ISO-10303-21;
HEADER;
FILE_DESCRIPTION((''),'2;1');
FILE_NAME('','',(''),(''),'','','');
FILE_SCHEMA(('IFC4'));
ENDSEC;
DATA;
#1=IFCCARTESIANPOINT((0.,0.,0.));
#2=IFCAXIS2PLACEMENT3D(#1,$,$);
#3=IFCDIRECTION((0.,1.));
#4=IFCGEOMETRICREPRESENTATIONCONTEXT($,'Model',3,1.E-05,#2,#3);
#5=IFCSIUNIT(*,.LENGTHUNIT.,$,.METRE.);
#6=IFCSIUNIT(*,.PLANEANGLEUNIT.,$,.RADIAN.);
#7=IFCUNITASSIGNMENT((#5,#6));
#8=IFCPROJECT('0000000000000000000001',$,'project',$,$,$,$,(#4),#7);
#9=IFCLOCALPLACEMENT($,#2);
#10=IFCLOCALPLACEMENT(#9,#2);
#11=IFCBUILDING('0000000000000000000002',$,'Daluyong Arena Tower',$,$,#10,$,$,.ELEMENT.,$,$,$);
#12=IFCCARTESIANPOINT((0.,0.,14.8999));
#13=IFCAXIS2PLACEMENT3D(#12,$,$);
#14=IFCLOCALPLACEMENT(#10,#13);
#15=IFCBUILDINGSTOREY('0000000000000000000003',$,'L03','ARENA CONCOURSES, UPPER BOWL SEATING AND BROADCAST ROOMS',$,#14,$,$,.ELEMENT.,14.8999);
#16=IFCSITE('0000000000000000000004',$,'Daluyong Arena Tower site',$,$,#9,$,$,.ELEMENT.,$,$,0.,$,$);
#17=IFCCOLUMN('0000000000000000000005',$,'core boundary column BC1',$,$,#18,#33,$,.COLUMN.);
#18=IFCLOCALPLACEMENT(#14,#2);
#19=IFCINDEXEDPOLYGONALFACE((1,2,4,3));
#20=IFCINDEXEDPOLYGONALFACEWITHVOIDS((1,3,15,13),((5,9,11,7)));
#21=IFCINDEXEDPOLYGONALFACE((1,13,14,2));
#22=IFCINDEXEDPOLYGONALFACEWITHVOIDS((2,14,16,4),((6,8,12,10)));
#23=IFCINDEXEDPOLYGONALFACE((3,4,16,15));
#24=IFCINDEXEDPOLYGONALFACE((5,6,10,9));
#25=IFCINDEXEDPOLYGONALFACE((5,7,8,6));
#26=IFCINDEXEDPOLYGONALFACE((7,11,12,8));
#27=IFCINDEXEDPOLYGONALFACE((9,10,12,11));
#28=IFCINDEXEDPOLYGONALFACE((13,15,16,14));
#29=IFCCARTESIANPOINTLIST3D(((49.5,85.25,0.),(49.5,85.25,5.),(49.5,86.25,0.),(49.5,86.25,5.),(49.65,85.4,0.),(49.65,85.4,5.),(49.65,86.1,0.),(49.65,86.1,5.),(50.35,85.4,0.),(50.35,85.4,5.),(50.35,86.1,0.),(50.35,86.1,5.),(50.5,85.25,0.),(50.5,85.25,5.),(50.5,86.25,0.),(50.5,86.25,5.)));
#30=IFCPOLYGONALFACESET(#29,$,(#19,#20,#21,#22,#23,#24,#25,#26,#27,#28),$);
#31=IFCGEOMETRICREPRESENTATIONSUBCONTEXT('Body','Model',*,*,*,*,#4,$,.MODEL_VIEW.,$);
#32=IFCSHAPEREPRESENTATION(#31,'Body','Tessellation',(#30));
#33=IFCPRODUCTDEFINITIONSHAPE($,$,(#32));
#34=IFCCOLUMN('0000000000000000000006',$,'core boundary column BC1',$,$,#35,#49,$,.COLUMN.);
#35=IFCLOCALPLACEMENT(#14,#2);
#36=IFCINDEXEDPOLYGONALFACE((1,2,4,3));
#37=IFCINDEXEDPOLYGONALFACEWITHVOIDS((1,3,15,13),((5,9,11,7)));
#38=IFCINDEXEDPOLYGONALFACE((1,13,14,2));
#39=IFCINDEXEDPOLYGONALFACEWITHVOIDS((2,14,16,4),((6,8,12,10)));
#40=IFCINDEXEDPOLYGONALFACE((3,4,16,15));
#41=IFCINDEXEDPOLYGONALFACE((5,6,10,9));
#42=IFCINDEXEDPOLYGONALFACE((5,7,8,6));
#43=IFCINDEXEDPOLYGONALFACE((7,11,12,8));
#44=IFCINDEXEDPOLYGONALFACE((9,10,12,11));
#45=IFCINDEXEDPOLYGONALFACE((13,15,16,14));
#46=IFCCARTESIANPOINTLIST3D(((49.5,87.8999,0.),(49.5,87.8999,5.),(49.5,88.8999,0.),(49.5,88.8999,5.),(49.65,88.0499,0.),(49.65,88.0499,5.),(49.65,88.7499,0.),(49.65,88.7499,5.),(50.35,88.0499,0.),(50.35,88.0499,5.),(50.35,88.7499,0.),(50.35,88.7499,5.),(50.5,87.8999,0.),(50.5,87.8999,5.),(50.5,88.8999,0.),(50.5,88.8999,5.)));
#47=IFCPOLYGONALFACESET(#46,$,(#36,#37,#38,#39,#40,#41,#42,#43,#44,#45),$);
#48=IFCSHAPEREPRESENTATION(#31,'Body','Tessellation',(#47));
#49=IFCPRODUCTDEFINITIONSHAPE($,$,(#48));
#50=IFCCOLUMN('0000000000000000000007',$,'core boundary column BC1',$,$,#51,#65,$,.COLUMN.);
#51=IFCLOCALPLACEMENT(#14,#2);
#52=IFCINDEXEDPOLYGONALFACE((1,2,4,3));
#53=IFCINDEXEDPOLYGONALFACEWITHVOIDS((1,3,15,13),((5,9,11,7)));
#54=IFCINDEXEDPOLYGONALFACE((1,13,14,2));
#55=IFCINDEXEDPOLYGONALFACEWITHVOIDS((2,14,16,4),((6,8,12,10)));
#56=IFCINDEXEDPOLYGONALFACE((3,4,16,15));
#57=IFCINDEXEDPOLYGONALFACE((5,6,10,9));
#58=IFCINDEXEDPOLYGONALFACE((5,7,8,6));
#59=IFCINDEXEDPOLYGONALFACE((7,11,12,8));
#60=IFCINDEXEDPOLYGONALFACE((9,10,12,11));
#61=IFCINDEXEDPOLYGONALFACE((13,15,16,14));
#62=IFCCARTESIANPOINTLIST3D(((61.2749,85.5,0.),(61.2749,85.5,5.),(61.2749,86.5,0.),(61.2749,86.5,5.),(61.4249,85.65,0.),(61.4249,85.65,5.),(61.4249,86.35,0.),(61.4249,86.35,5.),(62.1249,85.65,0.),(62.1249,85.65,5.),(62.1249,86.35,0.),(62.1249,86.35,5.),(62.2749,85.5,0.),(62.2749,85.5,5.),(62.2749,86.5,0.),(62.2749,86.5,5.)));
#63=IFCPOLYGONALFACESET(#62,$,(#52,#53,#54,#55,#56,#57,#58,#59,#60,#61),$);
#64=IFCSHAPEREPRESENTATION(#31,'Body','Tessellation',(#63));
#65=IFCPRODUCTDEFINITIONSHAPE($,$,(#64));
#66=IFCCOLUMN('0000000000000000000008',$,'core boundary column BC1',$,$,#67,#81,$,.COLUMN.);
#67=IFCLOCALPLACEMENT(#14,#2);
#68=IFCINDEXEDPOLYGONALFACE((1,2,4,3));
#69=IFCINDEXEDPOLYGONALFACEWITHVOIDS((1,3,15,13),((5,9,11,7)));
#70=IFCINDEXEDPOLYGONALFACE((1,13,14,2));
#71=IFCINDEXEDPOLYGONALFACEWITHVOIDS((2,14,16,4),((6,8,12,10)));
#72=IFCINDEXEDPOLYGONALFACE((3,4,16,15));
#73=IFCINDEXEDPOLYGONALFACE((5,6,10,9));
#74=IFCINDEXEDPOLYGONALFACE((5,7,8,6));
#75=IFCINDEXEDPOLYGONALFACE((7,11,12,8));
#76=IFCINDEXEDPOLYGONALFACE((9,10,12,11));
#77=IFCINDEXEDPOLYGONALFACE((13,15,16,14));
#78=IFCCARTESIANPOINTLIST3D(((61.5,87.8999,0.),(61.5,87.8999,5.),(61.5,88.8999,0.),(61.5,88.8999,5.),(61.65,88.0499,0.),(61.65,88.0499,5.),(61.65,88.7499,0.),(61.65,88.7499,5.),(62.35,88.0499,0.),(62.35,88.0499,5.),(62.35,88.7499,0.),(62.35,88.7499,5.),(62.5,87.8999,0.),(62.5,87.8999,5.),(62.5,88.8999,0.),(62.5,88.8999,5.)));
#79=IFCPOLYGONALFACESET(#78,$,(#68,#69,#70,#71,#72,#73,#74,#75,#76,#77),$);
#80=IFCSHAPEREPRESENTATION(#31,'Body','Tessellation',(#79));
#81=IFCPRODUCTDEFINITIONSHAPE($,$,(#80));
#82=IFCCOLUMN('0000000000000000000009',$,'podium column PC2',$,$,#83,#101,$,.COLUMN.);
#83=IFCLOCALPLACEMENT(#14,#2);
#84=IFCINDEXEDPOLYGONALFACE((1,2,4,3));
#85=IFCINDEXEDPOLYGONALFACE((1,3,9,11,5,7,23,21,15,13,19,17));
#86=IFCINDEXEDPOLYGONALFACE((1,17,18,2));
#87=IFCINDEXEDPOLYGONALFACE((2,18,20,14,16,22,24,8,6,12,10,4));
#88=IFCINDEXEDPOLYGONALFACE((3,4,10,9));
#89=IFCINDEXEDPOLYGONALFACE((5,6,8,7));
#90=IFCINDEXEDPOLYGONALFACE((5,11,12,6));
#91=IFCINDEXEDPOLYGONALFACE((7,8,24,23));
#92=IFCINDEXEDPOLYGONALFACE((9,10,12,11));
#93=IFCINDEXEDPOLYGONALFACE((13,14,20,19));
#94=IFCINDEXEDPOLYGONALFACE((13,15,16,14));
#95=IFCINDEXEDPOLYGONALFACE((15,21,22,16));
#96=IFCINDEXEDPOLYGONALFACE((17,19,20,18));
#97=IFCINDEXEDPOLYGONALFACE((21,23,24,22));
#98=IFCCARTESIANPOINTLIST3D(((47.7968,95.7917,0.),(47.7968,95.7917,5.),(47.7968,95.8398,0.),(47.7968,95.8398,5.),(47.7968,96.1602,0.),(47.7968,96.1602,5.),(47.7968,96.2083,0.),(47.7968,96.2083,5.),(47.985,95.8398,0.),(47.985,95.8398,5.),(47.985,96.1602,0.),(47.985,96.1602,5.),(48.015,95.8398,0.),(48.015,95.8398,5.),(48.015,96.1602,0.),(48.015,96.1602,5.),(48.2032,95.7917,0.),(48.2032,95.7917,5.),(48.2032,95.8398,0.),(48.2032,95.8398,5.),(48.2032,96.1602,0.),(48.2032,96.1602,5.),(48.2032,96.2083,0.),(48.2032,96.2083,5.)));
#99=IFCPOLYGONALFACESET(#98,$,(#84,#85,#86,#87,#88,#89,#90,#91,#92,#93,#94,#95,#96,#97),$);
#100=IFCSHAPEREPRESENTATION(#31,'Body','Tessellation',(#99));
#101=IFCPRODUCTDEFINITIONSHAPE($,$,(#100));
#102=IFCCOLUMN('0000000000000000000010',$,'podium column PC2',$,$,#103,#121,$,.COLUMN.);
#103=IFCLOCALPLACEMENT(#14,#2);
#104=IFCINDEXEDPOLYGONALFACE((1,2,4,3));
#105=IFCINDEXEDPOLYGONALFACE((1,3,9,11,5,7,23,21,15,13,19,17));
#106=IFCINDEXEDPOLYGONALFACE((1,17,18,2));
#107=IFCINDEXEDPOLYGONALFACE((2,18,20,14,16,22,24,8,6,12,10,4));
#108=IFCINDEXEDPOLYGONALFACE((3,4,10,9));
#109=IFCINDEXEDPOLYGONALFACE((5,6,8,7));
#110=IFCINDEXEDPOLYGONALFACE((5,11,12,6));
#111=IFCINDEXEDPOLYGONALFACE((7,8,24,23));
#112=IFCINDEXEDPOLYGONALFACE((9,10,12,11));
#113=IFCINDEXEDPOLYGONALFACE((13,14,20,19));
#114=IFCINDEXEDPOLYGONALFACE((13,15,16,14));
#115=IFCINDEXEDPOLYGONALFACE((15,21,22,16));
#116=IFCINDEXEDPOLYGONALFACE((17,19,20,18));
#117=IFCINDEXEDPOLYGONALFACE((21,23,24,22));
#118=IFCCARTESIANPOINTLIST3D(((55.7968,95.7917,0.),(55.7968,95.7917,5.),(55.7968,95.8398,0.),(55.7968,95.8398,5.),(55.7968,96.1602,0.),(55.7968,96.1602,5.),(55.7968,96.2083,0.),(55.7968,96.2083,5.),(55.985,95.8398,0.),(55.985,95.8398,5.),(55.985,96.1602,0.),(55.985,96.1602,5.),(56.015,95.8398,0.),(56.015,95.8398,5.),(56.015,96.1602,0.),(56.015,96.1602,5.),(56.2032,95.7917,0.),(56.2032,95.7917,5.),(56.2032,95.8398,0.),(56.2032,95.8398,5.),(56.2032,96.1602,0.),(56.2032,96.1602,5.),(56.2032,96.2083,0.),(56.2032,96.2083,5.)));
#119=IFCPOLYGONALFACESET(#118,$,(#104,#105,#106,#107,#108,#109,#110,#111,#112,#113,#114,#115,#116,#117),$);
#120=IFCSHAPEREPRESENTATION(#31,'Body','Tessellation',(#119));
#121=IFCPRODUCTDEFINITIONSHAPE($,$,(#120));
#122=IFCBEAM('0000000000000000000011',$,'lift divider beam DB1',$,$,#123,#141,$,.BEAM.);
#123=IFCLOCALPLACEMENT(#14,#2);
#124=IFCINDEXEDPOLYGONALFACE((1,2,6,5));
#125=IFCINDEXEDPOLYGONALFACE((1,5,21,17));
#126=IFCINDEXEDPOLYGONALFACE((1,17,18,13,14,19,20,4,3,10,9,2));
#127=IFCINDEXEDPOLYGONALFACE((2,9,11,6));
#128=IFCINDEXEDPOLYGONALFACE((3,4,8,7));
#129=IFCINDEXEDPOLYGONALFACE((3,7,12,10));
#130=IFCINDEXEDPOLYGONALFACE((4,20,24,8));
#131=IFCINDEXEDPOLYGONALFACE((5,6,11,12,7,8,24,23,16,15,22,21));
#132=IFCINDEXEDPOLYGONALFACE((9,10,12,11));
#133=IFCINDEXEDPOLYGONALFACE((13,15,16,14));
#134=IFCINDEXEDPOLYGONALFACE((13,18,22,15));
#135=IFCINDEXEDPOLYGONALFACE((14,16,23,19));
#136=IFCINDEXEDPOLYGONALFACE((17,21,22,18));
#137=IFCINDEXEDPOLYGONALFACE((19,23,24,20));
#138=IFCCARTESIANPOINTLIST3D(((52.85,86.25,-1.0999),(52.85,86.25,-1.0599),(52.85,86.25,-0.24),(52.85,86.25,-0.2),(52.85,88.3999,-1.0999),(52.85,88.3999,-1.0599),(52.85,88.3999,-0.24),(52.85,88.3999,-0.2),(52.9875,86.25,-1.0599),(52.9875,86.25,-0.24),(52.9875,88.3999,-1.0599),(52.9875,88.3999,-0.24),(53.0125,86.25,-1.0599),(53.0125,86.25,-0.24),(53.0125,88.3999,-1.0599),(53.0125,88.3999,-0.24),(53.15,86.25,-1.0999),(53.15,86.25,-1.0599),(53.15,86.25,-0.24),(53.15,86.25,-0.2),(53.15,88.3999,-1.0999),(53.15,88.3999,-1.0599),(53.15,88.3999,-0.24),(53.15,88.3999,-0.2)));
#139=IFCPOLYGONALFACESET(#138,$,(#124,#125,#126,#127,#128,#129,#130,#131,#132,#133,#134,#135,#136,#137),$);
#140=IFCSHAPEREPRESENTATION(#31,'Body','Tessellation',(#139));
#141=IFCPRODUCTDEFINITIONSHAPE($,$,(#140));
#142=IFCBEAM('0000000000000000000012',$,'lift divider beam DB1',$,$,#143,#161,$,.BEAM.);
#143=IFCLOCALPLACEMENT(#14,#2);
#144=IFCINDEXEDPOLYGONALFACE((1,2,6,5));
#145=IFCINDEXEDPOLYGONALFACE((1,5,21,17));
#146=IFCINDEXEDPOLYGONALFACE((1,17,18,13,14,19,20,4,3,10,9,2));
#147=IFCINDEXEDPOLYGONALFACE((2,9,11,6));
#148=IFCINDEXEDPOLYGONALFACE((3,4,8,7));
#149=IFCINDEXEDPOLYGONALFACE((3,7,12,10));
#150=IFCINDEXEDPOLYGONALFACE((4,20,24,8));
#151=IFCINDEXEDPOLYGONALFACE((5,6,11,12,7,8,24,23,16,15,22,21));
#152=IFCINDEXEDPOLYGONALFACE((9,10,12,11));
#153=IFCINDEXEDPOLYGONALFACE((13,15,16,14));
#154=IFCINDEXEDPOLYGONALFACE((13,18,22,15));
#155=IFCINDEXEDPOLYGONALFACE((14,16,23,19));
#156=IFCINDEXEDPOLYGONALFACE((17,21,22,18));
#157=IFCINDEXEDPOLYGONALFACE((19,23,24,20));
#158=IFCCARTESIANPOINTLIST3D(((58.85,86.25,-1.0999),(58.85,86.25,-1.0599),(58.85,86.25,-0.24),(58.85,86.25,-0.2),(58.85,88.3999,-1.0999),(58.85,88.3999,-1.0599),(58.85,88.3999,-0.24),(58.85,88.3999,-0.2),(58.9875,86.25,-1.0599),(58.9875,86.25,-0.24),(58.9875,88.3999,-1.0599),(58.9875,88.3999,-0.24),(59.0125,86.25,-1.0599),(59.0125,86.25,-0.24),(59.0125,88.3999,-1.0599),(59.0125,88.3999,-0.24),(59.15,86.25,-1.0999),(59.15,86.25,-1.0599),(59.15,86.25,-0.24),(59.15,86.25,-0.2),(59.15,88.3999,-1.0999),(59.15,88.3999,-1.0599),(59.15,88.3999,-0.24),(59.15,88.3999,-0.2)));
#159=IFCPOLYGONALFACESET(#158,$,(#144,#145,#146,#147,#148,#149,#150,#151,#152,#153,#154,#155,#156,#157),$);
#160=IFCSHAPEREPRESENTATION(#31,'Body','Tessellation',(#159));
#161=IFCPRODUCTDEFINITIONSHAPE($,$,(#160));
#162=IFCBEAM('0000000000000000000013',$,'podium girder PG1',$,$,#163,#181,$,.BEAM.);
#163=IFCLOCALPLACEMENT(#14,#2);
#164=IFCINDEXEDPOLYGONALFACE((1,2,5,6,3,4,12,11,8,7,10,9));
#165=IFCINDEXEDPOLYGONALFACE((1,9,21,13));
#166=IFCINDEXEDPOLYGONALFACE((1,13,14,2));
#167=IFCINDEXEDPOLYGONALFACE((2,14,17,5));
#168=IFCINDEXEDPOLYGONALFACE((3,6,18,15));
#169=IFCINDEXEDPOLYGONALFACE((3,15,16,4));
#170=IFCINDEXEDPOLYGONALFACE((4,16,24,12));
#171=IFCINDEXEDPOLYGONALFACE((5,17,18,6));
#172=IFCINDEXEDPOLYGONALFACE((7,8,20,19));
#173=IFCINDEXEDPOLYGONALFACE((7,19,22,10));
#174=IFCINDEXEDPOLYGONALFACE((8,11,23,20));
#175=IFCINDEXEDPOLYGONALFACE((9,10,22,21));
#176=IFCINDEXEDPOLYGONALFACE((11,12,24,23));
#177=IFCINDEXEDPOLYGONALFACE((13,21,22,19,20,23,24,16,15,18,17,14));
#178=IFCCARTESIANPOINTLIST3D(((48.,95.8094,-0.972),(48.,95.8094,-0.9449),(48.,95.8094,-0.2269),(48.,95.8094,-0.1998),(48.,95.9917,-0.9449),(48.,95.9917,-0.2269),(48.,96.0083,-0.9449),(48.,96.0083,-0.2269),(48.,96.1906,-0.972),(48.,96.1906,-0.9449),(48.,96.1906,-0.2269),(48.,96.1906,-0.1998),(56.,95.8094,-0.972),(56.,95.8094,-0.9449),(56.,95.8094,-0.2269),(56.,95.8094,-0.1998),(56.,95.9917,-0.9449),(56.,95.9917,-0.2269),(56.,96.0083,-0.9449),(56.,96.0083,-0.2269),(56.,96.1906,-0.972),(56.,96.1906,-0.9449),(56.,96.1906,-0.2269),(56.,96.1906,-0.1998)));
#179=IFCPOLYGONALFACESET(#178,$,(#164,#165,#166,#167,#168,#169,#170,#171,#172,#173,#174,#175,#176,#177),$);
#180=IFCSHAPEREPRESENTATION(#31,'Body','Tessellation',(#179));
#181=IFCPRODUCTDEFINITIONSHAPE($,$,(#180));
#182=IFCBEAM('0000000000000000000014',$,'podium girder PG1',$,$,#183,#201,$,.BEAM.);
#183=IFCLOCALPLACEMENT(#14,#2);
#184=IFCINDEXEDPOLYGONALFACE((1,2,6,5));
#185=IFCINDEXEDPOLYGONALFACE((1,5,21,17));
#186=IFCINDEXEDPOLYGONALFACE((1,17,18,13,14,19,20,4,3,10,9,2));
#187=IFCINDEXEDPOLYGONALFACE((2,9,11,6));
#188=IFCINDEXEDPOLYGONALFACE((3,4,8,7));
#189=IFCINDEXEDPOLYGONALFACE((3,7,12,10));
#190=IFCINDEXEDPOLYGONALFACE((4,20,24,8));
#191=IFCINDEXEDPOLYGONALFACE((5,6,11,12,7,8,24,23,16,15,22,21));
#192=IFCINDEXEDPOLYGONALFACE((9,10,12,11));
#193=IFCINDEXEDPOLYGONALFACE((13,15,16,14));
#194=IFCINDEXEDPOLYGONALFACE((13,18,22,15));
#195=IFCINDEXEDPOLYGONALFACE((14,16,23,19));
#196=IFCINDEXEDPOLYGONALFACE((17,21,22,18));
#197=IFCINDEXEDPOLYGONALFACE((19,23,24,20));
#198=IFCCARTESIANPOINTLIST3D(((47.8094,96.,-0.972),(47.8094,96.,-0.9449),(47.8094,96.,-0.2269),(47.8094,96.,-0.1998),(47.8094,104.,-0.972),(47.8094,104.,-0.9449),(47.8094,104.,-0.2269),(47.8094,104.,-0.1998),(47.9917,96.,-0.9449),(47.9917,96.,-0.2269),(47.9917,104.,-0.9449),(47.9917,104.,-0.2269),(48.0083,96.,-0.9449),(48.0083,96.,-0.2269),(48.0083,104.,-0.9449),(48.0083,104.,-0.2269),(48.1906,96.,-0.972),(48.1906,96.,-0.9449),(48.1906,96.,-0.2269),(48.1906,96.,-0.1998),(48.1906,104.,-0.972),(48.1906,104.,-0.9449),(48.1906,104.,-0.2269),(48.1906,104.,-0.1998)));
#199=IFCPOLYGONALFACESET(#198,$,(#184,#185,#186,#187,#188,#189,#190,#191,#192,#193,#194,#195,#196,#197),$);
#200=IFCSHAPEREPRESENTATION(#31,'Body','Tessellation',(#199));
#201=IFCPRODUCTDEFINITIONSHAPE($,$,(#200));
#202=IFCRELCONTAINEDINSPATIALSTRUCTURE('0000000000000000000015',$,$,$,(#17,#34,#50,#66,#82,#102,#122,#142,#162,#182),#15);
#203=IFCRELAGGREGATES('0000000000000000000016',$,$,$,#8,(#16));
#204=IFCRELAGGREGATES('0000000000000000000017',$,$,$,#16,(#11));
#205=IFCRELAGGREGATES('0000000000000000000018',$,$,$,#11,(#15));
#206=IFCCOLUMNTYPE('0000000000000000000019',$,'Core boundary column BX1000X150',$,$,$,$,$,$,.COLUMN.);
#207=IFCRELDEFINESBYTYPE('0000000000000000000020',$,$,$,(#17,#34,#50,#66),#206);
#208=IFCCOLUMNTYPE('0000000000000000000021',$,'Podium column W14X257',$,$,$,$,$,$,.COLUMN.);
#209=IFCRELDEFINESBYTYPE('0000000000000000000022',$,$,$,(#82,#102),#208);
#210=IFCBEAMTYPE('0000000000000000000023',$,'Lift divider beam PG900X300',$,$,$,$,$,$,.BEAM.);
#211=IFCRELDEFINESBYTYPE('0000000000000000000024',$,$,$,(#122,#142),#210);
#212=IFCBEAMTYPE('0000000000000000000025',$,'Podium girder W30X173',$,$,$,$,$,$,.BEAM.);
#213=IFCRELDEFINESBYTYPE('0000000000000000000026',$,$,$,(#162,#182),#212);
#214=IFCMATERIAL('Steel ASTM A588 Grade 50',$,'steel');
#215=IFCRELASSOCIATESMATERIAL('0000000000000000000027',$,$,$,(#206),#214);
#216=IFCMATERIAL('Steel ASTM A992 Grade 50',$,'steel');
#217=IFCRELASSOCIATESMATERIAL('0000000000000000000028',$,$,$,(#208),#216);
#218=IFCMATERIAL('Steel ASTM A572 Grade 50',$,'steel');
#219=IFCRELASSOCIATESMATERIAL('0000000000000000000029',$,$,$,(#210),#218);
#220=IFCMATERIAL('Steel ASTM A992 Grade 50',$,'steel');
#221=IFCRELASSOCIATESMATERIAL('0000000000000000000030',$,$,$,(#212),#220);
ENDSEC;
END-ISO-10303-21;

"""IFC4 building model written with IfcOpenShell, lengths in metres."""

from ifc_helpers import new_model, si_unit, direction, frame, origin, origin_2d, place, context, subcontext, project, spatial, hollow_rectangle, i_section, extrude, material, material_profile, profile_set, type_object, element, save


model = new_model("IFC4")

# Units and contexts
model_context = context("Model", 3, precision=1e-05, world=origin(), true_north=direction((0.0, 1.0)))
body_context = subcontext(model_context, "Body", "Model", "MODEL_VIEW")
ifc_project = project(units=[si_unit("LENGTHUNIT", "METRE"), si_unit("PLANEANGLEUNIT", "RADIAN")], contexts=[model_context])

# Site, building, storey
site_placement = place(None, origin())
site = spatial("IfcSite", under=ifc_project, at=site_placement, Name="Daluyong Arena Tower site", CompositionType="ELEMENT", RefElevation=0.0)
building_placement = place(site_placement, origin())
building = spatial("IfcBuilding", under=site, at=building_placement, Name="Daluyong Arena Tower", CompositionType="ELEMENT")
storey_placement = place(building_placement, frame((0.0, 0.0, 14.8999)))
storey = spatial("IfcBuildingStorey", under=building, at=storey_placement, Name="L03", Description="ARENA CONCOURSES, UPPER BOWL SEATING AND BROADCAST ROOMS", CompositionType="ELEMENT", Elevation=14.8999)

# Columns
ifc_material_1 = material(Name="Steel ASTM A588 Grade 50", Category="steel")
ifc_material_profile_1 = material_profile(ifc_material_1, hollow_rectangle(XDim=1.0, YDim=1.0, WallThickness=0.15, at=origin_2d()))
ifc_profile_set_1 = profile_set([ifc_material_profile_1], Name="Steel ASTM A588 Grade 50")
column_type_1 = type_object("IfcColumnType", Name="Core boundary column BX1000X150", PredefinedType="COLUMN", material=ifc_profile_set_1)
for number, where, z_axis, x_axis, name in (
    (1, (50.0, 85.75, 0.0), (0.0, 0.0, 1.0), (1.0, 0.0, 0.0), "core boundary column BC1"),
    (2, (50.0, 88.3999, 0.0), (0.0, 0.0, 1.0), (1.0, 0.0, 0.0), "core boundary column BC1"),
    (3, (61.7749, 86.0, 0.0), (0.0, 0.0, 1.0), (1.0, 0.0, 0.0), "core boundary column BC1"),
    (4, (62.0, 88.3999, 0.0), (0.0, 0.0, 1.0), (1.0, 0.0, 0.0), "core boundary column BC1"),
):
    element("IfcColumn", number, at=place(storey_placement, frame(where, z_axis=z_axis, x_axis=x_axis)), inside=storey, type_object=column_type_1, Name=name, PredefinedType="COLUMN", context=body_context, shape_type="SweptSolid", body=[
        extrude(hollow_rectangle(XDim=1.0, YDim=1.0, WallThickness=0.15, at=origin_2d()), origin(), (0.0, 0.0, 1.0), 5.0),
    ])
ifc_material_2 = material(Name="Steel ASTM A992 Grade 50", Category="steel")
ifc_material_profile_2 = material_profile(ifc_material_2, i_section(OverallWidth=0.4065, OverallDepth=0.4165, WebThickness=0.03, FlangeThickness=0.0481, at=origin_2d()))
ifc_profile_set_2 = profile_set([ifc_material_profile_2], Name="Steel ASTM A992 Grade 50")
column_type_2 = type_object("IfcColumnType", Name="Podium column W14X257", PredefinedType="COLUMN", material=ifc_profile_set_2)
for number, where, z_axis, x_axis, name in (
    (5, (48.0, 96.0, 0.0), (0.0, 0.0, 1.0), (1.0, 0.0, 0.0), "podium column PC2"),
    (6, (56.0, 96.0, 0.0), (0.0, 0.0, 1.0), (1.0, 0.0, 0.0), "podium column PC2"),
):
    element("IfcColumn", number, at=place(storey_placement, frame(where, z_axis=z_axis, x_axis=x_axis)), inside=storey, type_object=column_type_2, Name=name, PredefinedType="COLUMN", context=body_context, shape_type="SweptSolid", body=[
        extrude(i_section(OverallWidth=0.4065, OverallDepth=0.4165, WebThickness=0.03, FlangeThickness=0.0481, at=origin_2d()), origin(), (0.0, 0.0, 1.0), 5.0),
    ])

# Beams
ifc_material_3 = material(Name="Steel ASTM A572 Grade 50", Category="steel")
ifc_material_profile_3 = material_profile(ifc_material_3, i_section(OverallWidth=0.3, OverallDepth=0.8999, WebThickness=0.025, FlangeThickness=0.04, at=origin_2d()))
ifc_profile_set_3 = profile_set([ifc_material_profile_3], Name="Steel ASTM A572 Grade 50")
beam_type_1 = type_object("IfcBeamType", Name="Lift divider beam PG900X300", PredefinedType="BEAM", material=ifc_profile_set_3)
for number, where, z_axis, x_axis, name in (
    (7, (53.0, 86.25, -0.6499), (0.0, 1.0, 0.0), (-1.0, 0.0, 0.0), "lift divider beam DB1"),
    (8, (59.0, 86.25, -0.6499), (0.0, 1.0, 0.0), (-1.0, 0.0, 0.0), "lift divider beam DB1"),
):
    element("IfcBeam", number, at=place(storey_placement, frame(where, z_axis=z_axis, x_axis=x_axis)), inside=storey, type_object=beam_type_1, Name=name, PredefinedType="BEAM", context=body_context, shape_type="SweptSolid", body=[
        extrude(i_section(OverallWidth=0.3, OverallDepth=0.8999, WebThickness=0.025, FlangeThickness=0.04, at=origin_2d()), origin(), (0.0, 0.0, 1.0), 2.1499),
    ])
ifc_material_4 = material(Name="Steel ASTM A992 Grade 50", Category="steel")
ifc_material_profile_4 = material_profile(ifc_material_4, i_section(OverallWidth=0.3811, OverallDepth=0.7722, WebThickness=0.0166, FlangeThickness=0.0271, at=origin_2d()))
ifc_profile_set_4 = profile_set([ifc_material_profile_4], Name="Steel ASTM A992 Grade 50")
beam_type_2 = type_object("IfcBeamType", Name="Podium girder W30X173", PredefinedType="BEAM", material=ifc_profile_set_4)
for number, where, z_axis, x_axis, name in (
    (9, (48.0, 96.0, -0.5859), (1.0, 0.0, 0.0), (0.0, 1.0, 0.0), "podium girder PG1"),
    (10, (48.0, 96.0, -0.5859), (0.0, 1.0, 0.0), (-1.0, 0.0, 0.0), "podium girder PG1"),
):
    element("IfcBeam", number, at=place(storey_placement, frame(where, z_axis=z_axis, x_axis=x_axis)), inside=storey, type_object=beam_type_2, Name=name, PredefinedType="BEAM", context=body_context, shape_type="SweptSolid", body=[
        extrude(i_section(OverallWidth=0.3811, OverallDepth=0.7722, WebThickness=0.0166, FlangeThickness=0.0271, at=origin_2d()), origin(), (0.0, 0.0, 1.0), 8.0),
    ])

save(model, "model.ifc")
